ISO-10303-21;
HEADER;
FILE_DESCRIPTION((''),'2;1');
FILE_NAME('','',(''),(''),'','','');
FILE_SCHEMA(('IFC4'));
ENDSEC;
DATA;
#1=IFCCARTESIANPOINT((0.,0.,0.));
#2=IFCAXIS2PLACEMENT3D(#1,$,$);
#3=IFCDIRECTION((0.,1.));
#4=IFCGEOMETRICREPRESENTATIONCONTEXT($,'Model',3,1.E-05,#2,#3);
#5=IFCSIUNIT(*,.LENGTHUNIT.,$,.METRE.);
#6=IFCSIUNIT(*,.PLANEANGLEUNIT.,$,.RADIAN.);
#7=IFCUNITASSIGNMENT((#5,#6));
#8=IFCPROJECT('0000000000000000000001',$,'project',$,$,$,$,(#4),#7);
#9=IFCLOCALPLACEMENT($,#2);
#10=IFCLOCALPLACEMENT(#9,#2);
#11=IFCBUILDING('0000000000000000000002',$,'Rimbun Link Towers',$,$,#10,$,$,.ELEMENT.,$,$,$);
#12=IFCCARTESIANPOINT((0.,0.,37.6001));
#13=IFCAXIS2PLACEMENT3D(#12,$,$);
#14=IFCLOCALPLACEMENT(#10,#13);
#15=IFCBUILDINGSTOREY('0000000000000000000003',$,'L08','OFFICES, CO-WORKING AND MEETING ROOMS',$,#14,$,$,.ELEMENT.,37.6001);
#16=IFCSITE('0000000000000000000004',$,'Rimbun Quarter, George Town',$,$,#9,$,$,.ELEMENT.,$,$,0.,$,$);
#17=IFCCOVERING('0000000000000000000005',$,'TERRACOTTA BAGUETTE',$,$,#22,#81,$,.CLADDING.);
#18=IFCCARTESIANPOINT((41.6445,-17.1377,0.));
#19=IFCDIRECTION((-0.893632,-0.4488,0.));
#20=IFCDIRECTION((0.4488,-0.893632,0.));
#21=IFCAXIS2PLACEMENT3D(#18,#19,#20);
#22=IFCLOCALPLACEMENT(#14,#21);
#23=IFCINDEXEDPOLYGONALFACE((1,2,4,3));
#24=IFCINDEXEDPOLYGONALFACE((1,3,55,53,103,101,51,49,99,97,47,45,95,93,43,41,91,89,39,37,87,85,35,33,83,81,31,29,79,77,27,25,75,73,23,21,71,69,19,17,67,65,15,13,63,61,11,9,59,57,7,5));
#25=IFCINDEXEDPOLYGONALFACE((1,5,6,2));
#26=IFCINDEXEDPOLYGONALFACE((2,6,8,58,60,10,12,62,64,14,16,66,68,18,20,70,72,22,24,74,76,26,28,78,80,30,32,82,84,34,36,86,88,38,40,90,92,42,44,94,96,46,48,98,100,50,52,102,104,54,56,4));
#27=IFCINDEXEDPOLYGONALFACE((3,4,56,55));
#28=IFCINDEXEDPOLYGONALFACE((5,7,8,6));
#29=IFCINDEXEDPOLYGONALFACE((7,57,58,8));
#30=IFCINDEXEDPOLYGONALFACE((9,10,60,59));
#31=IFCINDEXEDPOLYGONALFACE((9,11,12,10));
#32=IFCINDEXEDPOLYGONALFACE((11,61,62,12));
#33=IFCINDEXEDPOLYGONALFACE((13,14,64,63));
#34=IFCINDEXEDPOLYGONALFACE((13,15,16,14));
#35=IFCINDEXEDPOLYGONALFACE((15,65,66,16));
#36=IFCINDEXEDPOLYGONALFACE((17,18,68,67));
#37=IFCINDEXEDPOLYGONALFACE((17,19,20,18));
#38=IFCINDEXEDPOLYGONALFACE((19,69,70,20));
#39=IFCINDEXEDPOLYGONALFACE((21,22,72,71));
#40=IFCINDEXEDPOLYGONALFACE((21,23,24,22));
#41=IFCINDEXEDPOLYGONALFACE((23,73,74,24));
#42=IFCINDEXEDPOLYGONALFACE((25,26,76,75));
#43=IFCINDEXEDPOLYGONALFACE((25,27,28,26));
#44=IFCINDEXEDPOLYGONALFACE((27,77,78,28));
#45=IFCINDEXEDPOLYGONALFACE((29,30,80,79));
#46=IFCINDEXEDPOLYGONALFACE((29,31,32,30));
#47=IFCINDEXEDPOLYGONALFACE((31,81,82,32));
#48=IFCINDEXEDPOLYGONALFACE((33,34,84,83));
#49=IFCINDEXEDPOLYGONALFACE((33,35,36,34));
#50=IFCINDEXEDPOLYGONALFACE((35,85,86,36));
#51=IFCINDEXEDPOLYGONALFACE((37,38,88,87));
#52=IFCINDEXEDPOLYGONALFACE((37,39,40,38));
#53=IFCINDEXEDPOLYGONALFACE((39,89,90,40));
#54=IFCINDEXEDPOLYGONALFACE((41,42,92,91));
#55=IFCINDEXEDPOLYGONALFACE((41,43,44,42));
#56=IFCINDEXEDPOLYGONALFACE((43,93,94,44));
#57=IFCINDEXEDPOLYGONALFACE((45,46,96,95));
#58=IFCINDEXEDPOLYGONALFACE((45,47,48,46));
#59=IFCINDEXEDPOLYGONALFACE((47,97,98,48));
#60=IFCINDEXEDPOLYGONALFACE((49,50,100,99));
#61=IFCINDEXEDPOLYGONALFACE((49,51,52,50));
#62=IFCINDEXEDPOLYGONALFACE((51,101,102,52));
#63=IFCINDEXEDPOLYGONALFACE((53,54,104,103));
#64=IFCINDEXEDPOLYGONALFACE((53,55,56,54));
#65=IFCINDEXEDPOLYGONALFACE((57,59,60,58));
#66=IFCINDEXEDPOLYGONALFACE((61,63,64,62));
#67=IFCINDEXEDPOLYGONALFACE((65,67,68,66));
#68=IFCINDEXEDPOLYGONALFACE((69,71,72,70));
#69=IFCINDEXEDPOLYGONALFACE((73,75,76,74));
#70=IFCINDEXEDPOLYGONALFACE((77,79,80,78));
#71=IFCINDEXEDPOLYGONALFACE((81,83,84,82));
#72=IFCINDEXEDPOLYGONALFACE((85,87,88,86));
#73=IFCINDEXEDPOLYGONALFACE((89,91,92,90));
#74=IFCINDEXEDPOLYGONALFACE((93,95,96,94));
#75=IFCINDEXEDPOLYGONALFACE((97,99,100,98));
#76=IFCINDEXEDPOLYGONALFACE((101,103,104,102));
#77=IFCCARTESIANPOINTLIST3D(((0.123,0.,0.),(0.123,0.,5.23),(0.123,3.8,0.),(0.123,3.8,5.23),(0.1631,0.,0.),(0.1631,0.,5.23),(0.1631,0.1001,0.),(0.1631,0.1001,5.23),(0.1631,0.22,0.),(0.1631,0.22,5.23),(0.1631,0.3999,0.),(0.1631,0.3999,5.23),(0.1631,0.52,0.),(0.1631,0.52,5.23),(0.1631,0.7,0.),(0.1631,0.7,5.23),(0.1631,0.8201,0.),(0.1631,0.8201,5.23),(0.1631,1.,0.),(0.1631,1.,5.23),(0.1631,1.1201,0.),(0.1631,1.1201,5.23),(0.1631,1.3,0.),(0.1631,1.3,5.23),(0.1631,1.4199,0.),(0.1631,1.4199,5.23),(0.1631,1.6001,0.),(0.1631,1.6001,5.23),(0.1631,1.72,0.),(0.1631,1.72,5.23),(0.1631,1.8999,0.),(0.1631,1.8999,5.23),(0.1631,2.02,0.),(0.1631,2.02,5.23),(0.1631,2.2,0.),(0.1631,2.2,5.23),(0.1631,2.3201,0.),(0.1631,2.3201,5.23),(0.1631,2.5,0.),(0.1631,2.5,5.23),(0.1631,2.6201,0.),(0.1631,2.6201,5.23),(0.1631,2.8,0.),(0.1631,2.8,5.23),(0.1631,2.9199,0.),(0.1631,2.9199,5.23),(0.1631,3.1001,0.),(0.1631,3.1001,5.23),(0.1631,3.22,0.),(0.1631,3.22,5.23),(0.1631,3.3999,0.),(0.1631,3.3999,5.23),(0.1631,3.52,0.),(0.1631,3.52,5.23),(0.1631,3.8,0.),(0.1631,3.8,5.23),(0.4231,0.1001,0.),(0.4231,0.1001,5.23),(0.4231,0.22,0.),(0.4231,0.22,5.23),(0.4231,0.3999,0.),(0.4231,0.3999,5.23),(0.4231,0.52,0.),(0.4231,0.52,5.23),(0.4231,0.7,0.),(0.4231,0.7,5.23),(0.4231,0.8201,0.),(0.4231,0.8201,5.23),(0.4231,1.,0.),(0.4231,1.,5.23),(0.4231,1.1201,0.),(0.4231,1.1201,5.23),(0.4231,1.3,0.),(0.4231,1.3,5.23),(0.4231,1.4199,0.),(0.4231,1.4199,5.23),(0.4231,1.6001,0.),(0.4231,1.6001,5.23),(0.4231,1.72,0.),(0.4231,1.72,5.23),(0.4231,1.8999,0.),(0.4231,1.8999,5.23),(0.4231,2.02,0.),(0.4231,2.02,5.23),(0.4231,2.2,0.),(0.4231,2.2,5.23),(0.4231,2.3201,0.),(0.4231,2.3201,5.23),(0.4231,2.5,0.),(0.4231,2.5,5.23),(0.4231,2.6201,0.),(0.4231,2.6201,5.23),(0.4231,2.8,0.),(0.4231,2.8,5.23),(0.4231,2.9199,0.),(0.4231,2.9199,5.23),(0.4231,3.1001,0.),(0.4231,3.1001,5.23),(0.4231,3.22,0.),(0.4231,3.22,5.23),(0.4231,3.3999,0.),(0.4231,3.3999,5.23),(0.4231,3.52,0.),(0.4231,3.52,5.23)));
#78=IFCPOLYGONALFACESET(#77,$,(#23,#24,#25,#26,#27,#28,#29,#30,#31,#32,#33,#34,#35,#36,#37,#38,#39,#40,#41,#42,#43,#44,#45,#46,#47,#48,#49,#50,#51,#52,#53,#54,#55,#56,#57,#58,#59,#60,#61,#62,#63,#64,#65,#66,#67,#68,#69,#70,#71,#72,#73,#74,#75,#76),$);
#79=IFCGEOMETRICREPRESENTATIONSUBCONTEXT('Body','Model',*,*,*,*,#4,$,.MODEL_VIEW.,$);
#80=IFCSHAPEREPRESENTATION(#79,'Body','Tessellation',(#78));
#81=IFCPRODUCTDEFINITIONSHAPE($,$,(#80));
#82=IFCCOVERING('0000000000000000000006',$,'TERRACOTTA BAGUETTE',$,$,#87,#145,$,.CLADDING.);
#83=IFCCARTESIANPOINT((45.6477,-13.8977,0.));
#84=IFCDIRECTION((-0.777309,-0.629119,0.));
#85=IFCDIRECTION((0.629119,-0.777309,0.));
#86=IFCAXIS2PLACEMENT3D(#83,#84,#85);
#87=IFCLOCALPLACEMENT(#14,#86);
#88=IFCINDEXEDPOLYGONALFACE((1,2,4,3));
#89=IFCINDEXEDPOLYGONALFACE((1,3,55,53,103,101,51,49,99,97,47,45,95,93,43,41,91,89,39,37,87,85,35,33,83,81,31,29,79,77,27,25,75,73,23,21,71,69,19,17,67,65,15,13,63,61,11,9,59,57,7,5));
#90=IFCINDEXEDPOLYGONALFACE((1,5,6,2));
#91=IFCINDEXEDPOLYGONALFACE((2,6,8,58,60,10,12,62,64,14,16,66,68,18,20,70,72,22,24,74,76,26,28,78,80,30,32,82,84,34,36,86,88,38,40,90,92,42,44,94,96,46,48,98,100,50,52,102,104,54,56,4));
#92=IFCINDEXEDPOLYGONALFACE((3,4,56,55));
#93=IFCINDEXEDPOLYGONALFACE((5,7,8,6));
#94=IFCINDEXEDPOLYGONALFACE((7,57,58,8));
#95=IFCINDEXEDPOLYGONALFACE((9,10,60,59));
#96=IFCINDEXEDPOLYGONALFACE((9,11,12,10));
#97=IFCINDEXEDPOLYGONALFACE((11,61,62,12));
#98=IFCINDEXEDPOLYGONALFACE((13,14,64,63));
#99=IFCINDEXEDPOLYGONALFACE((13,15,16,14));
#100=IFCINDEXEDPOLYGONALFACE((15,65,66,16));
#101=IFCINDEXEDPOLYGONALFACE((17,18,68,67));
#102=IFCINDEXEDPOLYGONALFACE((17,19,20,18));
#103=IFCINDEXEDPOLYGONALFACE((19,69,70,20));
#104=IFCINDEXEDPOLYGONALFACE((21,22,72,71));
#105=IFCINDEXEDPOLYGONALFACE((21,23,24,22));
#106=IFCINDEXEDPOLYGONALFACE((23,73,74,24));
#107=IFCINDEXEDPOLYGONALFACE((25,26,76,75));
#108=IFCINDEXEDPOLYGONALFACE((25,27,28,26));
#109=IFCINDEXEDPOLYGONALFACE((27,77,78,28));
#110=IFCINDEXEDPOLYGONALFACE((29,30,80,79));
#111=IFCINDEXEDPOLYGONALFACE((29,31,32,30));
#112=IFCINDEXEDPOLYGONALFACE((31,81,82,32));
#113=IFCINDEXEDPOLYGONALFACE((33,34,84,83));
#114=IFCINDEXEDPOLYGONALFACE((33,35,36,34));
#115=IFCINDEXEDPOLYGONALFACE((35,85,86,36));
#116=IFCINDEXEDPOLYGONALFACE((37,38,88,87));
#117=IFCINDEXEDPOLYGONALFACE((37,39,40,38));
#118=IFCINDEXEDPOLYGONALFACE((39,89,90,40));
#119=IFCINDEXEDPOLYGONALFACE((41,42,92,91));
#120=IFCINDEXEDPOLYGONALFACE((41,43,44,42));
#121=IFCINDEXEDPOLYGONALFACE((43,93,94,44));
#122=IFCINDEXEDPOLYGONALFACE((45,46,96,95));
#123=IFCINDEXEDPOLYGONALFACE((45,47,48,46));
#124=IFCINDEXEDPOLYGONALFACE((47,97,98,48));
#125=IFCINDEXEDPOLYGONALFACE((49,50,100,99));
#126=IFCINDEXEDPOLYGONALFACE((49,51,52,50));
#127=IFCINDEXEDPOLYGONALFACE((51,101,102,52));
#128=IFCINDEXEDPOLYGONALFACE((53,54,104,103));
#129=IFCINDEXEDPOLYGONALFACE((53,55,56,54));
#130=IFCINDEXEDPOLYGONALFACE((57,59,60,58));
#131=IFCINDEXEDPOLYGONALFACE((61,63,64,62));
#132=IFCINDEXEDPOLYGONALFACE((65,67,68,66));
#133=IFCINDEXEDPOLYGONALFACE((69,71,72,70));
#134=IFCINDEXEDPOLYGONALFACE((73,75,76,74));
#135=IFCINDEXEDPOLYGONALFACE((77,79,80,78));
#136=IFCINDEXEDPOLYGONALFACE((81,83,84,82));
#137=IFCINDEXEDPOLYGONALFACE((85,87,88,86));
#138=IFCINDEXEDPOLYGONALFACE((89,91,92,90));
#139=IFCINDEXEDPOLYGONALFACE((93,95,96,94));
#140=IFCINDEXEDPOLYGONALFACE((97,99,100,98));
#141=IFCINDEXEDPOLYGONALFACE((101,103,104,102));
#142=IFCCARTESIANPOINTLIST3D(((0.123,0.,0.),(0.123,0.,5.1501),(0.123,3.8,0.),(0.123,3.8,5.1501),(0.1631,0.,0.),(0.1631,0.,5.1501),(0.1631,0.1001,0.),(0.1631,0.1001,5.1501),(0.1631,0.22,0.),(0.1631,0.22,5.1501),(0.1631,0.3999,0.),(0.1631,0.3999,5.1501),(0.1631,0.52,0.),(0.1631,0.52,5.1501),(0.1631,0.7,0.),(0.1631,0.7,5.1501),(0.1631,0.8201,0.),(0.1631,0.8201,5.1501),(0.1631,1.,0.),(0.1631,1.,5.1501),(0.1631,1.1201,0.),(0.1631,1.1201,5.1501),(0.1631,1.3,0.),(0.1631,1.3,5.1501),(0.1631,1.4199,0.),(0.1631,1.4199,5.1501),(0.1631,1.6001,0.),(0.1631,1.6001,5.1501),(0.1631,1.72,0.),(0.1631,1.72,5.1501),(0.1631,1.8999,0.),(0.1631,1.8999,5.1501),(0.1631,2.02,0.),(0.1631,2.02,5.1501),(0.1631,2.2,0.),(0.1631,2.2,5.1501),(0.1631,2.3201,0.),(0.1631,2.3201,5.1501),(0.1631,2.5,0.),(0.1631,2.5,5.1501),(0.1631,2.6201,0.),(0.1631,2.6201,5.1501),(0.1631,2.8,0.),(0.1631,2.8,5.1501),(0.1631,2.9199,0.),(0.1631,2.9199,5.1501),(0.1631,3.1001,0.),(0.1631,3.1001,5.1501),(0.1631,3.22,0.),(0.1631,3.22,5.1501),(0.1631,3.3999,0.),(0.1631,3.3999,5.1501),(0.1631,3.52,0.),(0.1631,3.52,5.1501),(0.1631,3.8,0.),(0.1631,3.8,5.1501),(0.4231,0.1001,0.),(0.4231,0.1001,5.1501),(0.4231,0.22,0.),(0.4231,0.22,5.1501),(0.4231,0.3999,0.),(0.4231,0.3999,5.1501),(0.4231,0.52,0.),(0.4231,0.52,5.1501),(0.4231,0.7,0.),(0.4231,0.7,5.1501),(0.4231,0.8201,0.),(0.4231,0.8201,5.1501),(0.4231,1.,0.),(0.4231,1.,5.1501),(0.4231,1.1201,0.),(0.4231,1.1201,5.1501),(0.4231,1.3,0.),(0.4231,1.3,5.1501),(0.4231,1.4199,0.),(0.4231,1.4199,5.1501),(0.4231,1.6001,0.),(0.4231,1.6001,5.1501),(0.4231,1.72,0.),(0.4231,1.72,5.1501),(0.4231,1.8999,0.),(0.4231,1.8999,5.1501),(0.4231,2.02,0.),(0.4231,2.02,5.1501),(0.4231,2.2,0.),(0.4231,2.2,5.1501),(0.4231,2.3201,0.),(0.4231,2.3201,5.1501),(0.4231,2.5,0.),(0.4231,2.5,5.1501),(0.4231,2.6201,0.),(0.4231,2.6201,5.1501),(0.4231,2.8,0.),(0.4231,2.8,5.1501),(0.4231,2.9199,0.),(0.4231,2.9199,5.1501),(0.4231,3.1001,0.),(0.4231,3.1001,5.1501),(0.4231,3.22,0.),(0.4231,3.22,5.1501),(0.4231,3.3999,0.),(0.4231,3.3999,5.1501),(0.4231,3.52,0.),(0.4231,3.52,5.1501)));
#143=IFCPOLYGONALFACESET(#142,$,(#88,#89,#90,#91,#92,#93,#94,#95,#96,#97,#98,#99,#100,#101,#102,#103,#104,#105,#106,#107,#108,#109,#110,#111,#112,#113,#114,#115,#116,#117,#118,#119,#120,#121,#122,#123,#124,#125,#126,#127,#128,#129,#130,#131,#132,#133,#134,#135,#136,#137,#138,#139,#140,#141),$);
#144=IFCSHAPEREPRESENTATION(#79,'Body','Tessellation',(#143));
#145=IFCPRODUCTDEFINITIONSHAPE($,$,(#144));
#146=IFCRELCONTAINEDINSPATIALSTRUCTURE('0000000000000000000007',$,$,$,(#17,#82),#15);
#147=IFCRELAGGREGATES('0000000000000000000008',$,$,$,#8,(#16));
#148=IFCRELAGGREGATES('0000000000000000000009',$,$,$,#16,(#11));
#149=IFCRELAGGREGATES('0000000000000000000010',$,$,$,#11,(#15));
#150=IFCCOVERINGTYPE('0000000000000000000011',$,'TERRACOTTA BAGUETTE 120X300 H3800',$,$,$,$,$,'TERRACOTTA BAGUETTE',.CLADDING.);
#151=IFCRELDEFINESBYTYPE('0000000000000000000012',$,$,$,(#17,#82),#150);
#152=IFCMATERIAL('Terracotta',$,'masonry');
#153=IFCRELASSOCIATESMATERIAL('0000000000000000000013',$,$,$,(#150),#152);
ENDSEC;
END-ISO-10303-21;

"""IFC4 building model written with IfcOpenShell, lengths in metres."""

from ifc_helpers import new_model, si_unit, direction, frame, origin, place, context, subcontext, project, spatial, polyline, outline, extrude, material, material_profile, profile_set, type_object, element, save


model = new_model("IFC4")

# Units and contexts
model_context = context("Model", 3, precision=1e-05, world=origin(), true_north=direction((0.0, 1.0)))
body_context = subcontext(model_context, "Body", "Model", "MODEL_VIEW")
ifc_project = project(units=[si_unit("LENGTHUNIT", "METRE"), si_unit("PLANEANGLEUNIT", "RADIAN")], contexts=[model_context])

# Site, building, storey
site_placement = place(None, origin())
site = spatial("IfcSite", under=ifc_project, at=site_placement, Name="Rimbun Quarter, George Town", CompositionType="ELEMENT", RefElevation=0.0)
building_placement = place(site_placement, origin())
building = spatial("IfcBuilding", under=site, at=building_placement, Name="Rimbun Link Towers", CompositionType="ELEMENT")
storey_placement = place(building_placement, frame((0.0, 0.0, 37.6001)))
storey = spatial("IfcBuildingStorey", under=building, at=storey_placement, Name="L08", Description="OFFICES, CO-WORKING AND MEETING ROOMS", CompositionType="ELEMENT", Elevation=37.6001)

# Coverings
ifc_material_1 = material(Name="Terracotta", Category="masonry")
ifc_material_profile_1 = material_profile(ifc_material_1, outline(polyline([(0.123, 0.0), (0.1631, 0.0), (0.1631, 0.1001), (0.4231, 0.1001), (0.4231, 0.22), (0.1631, 0.22), (0.1631, 0.3999), (0.4231, 0.3999), (0.4231, 0.52), (0.1631, 0.52), (0.1631, 0.7), (0.4231, 0.7), (0.4231, 0.8201), (0.1631, 0.8201), (0.1631, 1.0), (0.4231, 1.0), (0.4231, 1.1201), (0.1631, 1.1201), (0.1631, 1.3), (0.4231, 1.3), (0.4231, 1.4199), (0.1631, 1.4199), (0.1631, 1.6001), (0.4231, 1.6001), (0.4231, 1.72), (0.1631, 1.72), (0.1631, 1.8999), (0.4231, 1.8999), (0.4231, 2.02), (0.1631, 2.02), (0.1631, 2.2), (0.4231, 2.2), (0.4231, 2.3201), (0.1631, 2.3201), (0.1631, 2.5), (0.4231, 2.5), (0.4231, 2.6201), (0.1631, 2.6201), (0.1631, 2.8), (0.4231, 2.8), (0.4231, 2.9199), (0.1631, 2.9199), (0.1631, 3.1001), (0.4231, 3.1001), (0.4231, 3.22), (0.1631, 3.22), (0.1631, 3.3999), (0.4231, 3.3999), (0.4231, 3.52), (0.1631, 3.52), (0.1631, 3.8), (0.123, 3.8), (0.123, 0.0)])), Name="BAGUETTE 120X300")
ifc_profile_set_1 = profile_set([ifc_material_profile_1], Name="Terracotta")
covering_type = type_object("IfcCoveringType", Name="TERRACOTTA BAGUETTE 120X300 H3800", ElementType="TERRACOTTA BAGUETTE", PredefinedType="CLADDING", material=ifc_profile_set_1)
covering_1_placement = place(storey_placement, frame((41.6445, -17.1377, 0.0), z_axis=(-0.893632, -0.4488, 0.0), x_axis=(0.4488, -0.893632, 0.0)))
element("IfcCovering", 1, at=covering_1_placement, inside=storey, type_object=covering_type, Name="TERRACOTTA BAGUETTE", PredefinedType="CLADDING", context=body_context, shape_type="SweptSolid", body=[
    extrude(outline(polyline([(0.123, 0.0), (0.1631, 0.0), (0.1631, 0.1001), (0.4231, 0.1001), (0.4231, 0.22), (0.1631, 0.22), (0.1631, 0.3999), (0.4231, 0.3999), (0.4231, 0.52), (0.1631, 0.52), (0.1631, 0.7), (0.4231, 0.7), (0.4231, 0.8201), (0.1631, 0.8201), (0.1631, 1.0), (0.4231, 1.0), (0.4231, 1.1201), (0.1631, 1.1201), (0.1631, 1.3), (0.4231, 1.3), (0.4231, 1.4199), (0.1631, 1.4199), (0.1631, 1.6001), (0.4231, 1.6001), (0.4231, 1.72), (0.1631, 1.72), (0.1631, 1.8999), (0.4231, 1.8999), (0.4231, 2.02), (0.1631, 2.02), (0.1631, 2.2), (0.4231, 2.2), (0.4231, 2.3201), (0.1631, 2.3201), (0.1631, 2.5), (0.4231, 2.5), (0.4231, 2.6201), (0.1631, 2.6201), (0.1631, 2.8), (0.4231, 2.8), (0.4231, 2.9199), (0.1631, 2.9199), (0.1631, 3.1001), (0.4231, 3.1001), (0.4231, 3.22), (0.1631, 3.22), (0.1631, 3.3999), (0.4231, 3.3999), (0.4231, 3.52), (0.1631, 3.52), (0.1631, 3.8), (0.123, 3.8), (0.123, 0.0)])), origin(), (0.0, 0.0, 1.0), 5.23),
])
covering_2_placement = place(storey_placement, frame((45.6477, -13.8977, 0.0), z_axis=(-0.777309, -0.629119, 0.0), x_axis=(0.629119, -0.777309, 0.0)))
element("IfcCovering", 2, at=covering_2_placement, inside=storey, type_object=covering_type, Name="TERRACOTTA BAGUETTE", PredefinedType="CLADDING", context=body_context, shape_type="SweptSolid", body=[
    extrude(outline(polyline([(0.123, 0.0), (0.1631, 0.0), (0.1631, 0.1001), (0.4231, 0.1001), (0.4231, 0.22), (0.1631, 0.22), (0.1631, 0.3999), (0.4231, 0.3999), (0.4231, 0.52), (0.1631, 0.52), (0.1631, 0.7), (0.4231, 0.7), (0.4231, 0.8201), (0.1631, 0.8201), (0.1631, 1.0), (0.4231, 1.0), (0.4231, 1.1201), (0.1631, 1.1201), (0.1631, 1.3), (0.4231, 1.3), (0.4231, 1.4199), (0.1631, 1.4199), (0.1631, 1.6001), (0.4231, 1.6001), (0.4231, 1.72), (0.1631, 1.72), (0.1631, 1.8999), (0.4231, 1.8999), (0.4231, 2.02), (0.1631, 2.02), (0.1631, 2.2), (0.4231, 2.2), (0.4231, 2.3201), (0.1631, 2.3201), (0.1631, 2.5), (0.4231, 2.5), (0.4231, 2.6201), (0.1631, 2.6201), (0.1631, 2.8), (0.4231, 2.8), (0.4231, 2.9199), (0.1631, 2.9199), (0.1631, 3.1001), (0.4231, 3.1001), (0.4231, 3.22), (0.1631, 3.22), (0.1631, 3.3999), (0.4231, 3.3999), (0.4231, 3.52), (0.1631, 3.52), (0.1631, 3.8), (0.123, 3.8), (0.123, 0.0)])), origin(), (0.0, 0.0, 1.0), 5.1501),
])

save(model, "model.ifc")
